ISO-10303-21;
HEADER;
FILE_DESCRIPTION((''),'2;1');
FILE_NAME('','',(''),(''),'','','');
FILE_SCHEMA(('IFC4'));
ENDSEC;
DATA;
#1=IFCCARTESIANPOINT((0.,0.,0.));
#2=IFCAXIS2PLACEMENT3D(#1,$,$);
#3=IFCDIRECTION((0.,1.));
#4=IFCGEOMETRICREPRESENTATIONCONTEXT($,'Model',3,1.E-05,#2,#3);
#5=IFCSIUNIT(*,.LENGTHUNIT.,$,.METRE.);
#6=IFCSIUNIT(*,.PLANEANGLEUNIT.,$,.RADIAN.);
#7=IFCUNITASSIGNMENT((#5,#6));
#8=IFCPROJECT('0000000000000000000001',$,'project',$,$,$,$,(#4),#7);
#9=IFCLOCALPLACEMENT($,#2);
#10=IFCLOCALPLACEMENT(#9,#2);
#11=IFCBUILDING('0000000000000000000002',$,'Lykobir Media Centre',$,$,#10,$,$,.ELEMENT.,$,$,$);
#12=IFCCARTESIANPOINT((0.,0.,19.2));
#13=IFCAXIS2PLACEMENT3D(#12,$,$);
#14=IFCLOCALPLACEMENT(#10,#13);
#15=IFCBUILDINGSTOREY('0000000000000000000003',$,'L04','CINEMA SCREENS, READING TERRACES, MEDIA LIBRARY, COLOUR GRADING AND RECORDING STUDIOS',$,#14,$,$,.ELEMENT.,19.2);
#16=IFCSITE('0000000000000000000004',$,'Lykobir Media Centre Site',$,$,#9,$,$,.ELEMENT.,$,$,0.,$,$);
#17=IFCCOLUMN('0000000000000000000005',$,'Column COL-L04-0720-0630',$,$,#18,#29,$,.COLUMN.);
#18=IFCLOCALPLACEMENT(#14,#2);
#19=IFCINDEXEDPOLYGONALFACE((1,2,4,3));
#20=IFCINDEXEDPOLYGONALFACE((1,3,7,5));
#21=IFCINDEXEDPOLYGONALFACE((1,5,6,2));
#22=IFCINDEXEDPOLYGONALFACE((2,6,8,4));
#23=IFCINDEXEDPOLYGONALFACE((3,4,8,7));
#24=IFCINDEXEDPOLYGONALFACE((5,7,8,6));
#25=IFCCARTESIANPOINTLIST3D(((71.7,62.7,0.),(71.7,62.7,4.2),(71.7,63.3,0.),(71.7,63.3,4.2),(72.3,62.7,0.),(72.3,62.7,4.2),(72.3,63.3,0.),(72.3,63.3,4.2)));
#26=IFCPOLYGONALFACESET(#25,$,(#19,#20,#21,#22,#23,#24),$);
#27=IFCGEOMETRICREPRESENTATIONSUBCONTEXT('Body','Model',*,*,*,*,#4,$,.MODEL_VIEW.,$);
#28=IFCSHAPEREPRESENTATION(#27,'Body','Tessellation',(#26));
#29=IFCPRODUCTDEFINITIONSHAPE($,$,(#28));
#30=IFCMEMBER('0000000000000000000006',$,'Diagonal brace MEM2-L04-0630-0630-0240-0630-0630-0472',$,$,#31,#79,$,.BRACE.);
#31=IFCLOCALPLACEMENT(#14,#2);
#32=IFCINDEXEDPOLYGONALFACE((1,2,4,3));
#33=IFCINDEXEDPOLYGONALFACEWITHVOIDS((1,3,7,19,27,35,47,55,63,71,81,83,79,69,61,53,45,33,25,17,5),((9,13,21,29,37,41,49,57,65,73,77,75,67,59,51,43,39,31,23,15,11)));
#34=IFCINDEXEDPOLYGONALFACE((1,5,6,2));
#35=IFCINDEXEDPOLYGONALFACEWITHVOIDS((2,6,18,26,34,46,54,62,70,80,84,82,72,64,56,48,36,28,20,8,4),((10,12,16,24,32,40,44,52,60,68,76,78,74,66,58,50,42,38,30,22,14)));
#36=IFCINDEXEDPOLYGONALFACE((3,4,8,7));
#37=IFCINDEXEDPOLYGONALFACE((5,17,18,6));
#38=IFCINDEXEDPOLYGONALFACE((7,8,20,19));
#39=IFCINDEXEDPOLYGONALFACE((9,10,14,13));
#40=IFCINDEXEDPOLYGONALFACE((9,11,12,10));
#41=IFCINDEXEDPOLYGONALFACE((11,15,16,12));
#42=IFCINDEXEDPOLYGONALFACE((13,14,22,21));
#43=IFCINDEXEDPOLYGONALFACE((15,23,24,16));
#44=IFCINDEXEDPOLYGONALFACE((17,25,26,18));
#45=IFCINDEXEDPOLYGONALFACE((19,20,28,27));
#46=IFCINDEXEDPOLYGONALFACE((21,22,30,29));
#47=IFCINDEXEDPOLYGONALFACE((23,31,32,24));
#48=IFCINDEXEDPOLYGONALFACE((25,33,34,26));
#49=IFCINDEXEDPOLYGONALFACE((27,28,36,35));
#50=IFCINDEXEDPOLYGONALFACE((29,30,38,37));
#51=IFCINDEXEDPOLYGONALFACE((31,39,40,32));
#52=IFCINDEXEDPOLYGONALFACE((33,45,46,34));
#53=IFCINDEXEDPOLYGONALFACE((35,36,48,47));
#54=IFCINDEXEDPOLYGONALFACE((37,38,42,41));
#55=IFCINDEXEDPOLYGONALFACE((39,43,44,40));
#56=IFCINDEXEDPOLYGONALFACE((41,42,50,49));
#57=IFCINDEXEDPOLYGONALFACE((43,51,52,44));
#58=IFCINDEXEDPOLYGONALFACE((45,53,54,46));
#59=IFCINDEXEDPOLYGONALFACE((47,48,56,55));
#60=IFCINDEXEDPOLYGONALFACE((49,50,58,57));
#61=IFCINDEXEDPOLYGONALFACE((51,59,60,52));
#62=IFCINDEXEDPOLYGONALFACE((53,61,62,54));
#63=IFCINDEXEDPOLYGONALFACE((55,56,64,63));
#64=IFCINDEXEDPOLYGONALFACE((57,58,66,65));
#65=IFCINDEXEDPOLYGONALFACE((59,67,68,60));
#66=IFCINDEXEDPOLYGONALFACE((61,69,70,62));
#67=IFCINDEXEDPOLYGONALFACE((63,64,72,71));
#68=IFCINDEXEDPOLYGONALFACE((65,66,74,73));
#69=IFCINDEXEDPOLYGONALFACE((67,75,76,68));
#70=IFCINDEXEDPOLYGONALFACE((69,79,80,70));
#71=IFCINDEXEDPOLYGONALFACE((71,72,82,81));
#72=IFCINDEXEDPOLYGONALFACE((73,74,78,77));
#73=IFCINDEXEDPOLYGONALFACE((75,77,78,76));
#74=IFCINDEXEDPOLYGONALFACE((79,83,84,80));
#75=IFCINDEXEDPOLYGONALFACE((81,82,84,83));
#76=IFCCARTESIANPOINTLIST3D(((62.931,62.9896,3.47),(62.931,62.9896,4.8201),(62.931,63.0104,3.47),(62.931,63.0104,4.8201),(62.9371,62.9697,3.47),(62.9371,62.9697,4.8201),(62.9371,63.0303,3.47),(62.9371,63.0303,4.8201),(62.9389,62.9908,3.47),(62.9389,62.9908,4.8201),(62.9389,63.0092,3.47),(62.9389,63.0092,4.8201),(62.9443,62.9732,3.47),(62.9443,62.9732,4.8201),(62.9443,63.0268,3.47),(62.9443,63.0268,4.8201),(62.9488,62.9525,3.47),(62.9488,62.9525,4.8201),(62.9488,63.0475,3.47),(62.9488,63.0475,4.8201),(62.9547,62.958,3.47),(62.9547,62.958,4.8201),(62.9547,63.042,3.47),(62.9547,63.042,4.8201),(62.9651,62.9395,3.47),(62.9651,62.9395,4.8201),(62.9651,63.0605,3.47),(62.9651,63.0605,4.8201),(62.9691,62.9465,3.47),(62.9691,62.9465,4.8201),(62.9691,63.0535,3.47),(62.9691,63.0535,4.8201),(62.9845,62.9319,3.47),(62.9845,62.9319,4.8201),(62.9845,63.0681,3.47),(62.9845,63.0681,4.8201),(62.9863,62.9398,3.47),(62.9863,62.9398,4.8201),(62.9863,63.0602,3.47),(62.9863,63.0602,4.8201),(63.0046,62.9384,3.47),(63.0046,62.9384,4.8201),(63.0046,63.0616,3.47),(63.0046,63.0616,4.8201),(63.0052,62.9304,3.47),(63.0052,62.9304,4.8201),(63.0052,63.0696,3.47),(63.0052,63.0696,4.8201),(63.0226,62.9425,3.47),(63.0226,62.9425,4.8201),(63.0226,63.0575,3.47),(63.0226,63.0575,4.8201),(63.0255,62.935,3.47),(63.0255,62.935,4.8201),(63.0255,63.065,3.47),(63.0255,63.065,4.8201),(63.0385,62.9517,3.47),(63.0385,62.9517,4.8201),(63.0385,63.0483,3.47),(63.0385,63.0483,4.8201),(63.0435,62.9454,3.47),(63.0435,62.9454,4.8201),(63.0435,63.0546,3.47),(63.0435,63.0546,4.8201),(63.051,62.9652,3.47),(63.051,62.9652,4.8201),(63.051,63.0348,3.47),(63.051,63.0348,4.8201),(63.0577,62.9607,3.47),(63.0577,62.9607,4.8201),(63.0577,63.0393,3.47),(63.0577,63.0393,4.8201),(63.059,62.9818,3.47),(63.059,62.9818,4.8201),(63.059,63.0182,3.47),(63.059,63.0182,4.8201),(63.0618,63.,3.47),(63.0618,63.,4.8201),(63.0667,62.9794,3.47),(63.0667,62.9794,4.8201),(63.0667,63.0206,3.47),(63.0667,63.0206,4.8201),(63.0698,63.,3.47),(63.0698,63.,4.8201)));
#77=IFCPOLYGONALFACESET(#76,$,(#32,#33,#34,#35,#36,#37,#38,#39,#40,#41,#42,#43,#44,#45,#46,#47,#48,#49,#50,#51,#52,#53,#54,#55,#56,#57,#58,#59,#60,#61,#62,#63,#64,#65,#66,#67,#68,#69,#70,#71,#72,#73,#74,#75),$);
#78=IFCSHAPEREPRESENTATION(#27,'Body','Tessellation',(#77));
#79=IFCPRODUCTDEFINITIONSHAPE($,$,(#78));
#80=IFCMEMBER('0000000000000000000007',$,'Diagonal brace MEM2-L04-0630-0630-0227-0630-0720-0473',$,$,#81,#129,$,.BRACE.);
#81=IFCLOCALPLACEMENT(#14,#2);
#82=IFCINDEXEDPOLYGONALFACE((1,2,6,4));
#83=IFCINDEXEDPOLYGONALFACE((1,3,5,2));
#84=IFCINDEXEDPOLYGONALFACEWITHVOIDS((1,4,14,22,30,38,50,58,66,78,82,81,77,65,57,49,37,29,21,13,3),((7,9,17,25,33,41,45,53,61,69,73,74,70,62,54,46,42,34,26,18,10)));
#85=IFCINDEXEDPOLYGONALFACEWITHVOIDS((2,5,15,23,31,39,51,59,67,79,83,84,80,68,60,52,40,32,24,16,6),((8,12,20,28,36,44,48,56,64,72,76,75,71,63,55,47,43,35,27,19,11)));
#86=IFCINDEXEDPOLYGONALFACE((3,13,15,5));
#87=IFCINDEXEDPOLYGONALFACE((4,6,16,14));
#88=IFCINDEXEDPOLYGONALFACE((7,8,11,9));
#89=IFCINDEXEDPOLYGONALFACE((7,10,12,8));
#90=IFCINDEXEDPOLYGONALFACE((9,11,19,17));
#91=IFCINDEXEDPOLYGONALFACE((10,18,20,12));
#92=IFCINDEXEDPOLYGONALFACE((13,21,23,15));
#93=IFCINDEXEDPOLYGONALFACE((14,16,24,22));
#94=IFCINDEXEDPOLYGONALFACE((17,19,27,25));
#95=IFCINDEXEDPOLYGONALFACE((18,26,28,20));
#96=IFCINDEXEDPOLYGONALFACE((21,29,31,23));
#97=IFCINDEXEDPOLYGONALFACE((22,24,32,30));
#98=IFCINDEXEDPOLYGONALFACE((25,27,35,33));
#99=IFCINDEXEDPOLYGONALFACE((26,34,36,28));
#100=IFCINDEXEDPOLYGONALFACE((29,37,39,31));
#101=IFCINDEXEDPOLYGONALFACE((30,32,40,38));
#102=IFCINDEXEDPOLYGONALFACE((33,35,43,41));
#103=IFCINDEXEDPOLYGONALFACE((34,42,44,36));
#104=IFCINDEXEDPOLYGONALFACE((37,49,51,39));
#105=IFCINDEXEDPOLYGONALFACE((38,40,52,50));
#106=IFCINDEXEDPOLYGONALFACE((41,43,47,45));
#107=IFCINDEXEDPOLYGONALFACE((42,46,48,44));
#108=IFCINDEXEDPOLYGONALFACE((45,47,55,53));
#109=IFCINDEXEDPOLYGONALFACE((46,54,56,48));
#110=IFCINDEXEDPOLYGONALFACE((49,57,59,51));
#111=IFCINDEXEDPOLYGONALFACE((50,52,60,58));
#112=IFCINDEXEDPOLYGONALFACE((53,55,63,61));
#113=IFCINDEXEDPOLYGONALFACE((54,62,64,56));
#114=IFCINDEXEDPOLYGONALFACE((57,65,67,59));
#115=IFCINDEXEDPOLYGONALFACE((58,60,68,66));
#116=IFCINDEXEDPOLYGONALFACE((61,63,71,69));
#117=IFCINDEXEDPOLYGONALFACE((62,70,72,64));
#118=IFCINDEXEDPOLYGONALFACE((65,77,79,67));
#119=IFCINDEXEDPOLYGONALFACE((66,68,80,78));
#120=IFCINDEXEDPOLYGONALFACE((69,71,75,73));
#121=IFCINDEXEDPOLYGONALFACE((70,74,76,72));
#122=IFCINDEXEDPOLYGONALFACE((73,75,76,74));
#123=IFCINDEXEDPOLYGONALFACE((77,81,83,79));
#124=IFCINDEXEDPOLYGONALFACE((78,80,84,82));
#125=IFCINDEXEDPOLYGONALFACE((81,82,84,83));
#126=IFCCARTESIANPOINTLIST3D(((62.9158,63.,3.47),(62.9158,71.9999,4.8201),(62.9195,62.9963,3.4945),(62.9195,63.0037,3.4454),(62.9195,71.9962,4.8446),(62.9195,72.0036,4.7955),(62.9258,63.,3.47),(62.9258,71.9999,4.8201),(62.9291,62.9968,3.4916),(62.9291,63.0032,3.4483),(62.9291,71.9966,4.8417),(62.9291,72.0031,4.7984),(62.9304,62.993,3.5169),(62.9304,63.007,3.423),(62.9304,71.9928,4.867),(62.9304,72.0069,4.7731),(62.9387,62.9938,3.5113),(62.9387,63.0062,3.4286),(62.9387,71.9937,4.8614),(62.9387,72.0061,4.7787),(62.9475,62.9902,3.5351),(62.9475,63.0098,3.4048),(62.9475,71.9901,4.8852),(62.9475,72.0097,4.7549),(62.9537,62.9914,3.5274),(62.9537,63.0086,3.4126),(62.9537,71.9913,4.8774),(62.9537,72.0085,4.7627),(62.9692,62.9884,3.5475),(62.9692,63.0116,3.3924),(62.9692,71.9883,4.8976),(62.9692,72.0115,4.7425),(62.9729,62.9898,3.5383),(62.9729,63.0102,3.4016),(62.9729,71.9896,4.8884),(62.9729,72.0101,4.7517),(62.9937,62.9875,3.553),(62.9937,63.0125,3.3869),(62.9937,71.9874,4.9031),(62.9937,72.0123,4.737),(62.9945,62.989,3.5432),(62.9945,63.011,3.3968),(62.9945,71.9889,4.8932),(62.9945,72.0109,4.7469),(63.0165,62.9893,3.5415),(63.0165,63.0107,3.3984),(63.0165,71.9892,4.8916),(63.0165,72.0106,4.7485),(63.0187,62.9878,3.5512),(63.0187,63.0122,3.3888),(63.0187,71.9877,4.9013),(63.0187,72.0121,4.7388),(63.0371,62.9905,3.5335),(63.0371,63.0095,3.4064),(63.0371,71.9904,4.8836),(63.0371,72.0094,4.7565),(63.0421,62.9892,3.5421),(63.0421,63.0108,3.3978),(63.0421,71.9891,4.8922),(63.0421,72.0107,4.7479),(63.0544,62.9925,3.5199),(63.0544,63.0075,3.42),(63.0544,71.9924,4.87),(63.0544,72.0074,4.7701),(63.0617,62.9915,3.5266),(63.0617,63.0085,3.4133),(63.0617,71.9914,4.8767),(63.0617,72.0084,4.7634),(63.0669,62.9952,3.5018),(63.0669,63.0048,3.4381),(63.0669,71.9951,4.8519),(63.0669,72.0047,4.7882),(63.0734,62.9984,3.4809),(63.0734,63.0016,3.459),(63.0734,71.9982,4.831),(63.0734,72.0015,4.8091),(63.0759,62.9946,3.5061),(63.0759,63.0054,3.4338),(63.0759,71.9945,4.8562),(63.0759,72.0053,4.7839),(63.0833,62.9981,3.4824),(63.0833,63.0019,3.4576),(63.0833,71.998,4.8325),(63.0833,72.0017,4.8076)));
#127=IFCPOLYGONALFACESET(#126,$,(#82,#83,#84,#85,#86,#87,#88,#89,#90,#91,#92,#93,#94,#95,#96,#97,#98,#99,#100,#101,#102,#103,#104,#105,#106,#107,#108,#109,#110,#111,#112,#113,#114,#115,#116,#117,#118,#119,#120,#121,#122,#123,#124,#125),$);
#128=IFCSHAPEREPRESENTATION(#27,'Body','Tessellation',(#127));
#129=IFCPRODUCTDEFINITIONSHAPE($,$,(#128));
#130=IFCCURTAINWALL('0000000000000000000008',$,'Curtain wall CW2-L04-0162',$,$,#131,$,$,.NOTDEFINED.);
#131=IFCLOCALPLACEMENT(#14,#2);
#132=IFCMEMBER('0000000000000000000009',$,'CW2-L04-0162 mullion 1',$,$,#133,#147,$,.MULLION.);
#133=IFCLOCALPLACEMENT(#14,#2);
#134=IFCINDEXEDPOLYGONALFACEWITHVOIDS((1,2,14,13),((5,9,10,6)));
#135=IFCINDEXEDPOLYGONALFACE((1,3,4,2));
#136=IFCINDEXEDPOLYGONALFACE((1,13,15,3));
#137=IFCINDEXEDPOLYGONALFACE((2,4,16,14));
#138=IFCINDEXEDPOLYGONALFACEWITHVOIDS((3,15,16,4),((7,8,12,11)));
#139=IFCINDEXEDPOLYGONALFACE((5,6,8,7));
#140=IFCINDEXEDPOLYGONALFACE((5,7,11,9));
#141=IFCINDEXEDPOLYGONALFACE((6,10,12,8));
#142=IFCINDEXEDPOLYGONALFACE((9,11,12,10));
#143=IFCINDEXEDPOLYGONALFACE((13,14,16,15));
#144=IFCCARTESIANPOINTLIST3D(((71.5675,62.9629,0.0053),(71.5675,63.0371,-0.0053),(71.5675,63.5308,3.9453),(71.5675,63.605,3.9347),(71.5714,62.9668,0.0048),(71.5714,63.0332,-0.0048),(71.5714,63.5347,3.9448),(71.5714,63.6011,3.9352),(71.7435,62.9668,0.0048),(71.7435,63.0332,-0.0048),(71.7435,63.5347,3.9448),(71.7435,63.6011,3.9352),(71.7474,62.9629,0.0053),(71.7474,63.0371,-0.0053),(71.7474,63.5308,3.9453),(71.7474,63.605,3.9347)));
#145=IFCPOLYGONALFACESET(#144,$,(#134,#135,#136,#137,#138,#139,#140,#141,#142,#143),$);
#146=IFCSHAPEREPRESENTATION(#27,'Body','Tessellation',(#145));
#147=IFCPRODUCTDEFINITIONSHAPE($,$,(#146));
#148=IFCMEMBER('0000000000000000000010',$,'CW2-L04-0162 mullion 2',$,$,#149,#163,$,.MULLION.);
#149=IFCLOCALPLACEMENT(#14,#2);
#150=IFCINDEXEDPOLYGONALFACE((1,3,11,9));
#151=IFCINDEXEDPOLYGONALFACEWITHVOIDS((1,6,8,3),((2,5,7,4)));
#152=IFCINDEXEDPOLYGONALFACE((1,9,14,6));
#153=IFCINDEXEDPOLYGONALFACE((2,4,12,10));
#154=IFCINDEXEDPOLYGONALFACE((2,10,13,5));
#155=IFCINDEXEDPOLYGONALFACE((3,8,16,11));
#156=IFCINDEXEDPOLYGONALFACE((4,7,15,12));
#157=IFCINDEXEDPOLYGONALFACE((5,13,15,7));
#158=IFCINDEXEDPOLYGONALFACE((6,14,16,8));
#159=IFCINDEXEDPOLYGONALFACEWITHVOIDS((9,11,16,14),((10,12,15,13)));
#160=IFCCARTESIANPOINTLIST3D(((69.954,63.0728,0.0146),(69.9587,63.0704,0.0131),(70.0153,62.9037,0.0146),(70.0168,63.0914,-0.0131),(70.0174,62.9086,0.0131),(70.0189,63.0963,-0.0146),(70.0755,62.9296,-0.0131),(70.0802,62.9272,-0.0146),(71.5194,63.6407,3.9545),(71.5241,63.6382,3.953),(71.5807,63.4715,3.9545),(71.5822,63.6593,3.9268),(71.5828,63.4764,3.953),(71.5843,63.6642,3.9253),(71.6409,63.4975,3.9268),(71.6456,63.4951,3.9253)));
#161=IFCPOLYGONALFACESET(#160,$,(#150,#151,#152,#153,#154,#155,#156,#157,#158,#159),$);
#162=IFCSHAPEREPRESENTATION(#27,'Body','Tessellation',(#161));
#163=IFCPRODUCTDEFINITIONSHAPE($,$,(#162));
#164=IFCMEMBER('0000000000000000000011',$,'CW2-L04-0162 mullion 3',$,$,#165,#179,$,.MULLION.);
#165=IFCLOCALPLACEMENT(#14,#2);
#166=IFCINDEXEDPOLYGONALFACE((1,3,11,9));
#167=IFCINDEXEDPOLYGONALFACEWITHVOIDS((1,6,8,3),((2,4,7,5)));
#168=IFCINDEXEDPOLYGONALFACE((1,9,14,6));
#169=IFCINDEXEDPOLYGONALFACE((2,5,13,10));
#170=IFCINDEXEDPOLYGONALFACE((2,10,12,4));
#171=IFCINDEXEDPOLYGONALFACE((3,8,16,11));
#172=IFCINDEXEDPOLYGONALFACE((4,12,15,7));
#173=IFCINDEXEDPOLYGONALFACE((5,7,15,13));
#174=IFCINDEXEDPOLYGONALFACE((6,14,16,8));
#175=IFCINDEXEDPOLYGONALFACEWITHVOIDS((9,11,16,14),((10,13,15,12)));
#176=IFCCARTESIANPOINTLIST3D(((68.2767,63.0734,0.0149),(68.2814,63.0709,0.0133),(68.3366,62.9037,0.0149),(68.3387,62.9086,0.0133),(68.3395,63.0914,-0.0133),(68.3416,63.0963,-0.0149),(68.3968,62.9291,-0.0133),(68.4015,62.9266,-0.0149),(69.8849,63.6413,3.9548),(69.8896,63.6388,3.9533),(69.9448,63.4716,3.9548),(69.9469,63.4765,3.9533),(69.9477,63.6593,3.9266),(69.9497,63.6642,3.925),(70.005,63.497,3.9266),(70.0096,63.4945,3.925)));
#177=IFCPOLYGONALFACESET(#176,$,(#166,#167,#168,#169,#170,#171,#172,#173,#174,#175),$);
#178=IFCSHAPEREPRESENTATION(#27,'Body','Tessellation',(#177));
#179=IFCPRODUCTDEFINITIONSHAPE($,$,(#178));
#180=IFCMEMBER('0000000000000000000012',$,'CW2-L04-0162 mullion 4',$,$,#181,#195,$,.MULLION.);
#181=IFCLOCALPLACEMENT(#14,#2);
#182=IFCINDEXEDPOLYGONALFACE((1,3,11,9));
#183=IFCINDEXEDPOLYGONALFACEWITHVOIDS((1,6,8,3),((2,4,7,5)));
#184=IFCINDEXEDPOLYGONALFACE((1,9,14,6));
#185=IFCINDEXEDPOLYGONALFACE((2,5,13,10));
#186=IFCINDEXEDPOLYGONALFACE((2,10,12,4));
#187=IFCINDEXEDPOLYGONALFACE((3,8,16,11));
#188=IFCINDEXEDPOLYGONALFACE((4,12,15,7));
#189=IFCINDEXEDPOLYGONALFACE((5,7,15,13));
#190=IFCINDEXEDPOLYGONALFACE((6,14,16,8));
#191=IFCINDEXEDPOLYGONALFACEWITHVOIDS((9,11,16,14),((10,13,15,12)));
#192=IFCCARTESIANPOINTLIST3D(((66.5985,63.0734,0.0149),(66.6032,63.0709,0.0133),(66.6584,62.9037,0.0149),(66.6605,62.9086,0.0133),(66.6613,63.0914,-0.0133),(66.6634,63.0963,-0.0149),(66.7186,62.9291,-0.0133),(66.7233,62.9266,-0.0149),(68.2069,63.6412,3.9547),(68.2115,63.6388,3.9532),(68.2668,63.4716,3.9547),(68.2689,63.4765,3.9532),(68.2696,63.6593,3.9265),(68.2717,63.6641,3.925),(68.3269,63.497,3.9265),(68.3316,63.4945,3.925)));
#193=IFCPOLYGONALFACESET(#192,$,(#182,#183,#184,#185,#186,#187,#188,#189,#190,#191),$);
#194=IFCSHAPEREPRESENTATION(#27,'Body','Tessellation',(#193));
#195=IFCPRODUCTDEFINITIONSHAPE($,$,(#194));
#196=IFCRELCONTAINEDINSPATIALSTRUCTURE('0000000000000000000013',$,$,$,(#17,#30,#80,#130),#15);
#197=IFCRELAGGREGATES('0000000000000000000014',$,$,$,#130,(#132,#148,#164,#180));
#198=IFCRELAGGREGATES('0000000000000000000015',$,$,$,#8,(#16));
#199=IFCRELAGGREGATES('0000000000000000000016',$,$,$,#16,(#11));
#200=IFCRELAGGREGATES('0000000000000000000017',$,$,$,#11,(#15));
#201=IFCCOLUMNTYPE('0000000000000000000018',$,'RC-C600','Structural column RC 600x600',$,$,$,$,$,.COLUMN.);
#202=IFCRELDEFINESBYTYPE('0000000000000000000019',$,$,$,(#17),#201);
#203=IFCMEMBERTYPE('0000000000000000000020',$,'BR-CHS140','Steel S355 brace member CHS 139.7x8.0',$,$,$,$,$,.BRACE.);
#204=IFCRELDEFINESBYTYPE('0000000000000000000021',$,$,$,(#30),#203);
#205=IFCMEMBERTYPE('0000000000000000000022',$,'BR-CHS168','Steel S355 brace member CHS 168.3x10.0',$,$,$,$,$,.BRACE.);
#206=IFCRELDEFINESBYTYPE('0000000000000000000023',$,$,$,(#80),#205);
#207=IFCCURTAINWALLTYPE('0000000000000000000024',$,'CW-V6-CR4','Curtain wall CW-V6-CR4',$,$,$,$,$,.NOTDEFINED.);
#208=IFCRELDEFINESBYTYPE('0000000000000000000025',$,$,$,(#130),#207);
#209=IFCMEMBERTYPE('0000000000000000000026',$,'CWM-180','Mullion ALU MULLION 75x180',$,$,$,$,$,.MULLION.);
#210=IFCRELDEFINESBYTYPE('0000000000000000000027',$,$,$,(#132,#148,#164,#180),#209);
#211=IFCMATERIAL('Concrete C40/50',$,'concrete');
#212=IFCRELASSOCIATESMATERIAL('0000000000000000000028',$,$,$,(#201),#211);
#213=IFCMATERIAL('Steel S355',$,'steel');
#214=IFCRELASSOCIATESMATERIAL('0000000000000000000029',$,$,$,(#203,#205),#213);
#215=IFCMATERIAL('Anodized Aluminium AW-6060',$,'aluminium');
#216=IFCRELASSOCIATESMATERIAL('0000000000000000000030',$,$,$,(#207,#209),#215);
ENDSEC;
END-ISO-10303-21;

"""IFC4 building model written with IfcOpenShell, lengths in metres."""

from ifc_helpers import new_model, si_unit, direction, frame, origin, origin_2d, place, context, subcontext, project, spatial, rectangle, hollow_rectangle, hollow_circle, extrude, material, material_profile, profile_set, type_object, element, aggregate, save


model = new_model("IFC4")

# Units and contexts
model_context = context("Model", 3, precision=1e-05, world=origin(), true_north=direction((0.0, 1.0)))
body_context = subcontext(model_context, "Body", "Model", "MODEL_VIEW")
ifc_project = project(units=[si_unit("LENGTHUNIT", "METRE"), si_unit("PLANEANGLEUNIT", "RADIAN")], contexts=[model_context])

# Site, building, storey
site_placement = place(None, origin())
site = spatial("IfcSite", under=ifc_project, at=site_placement, Name="Lykobir Media Centre Site", CompositionType="ELEMENT", RefElevation=0.0)
building_placement = place(site_placement, origin())
building = spatial("IfcBuilding", under=site, at=building_placement, Name="Lykobir Media Centre", CompositionType="ELEMENT")
storey_placement = place(building_placement, frame((0.0, 0.0, 19.2)))
storey = spatial("IfcBuildingStorey", under=building, at=storey_placement, Name="L04", Description="CINEMA SCREENS, READING TERRACES, MEDIA LIBRARY, COLOUR GRADING AND RECORDING STUDIOS", CompositionType="ELEMENT", Elevation=19.2)

# Column
ifc_material_1 = material(Name="Concrete C40/50", Category="concrete")
ifc_material_profile_1 = material_profile(ifc_material_1, rectangle(XDim=0.6001, YDim=0.6001, at=origin_2d()), Name="RC 600x600")
ifc_profile_set_1 = profile_set([ifc_material_profile_1], Name="Concrete C40/50")
column_type = type_object("IfcColumnType", Name="RC-C600", Description="Structural column RC 600x600", PredefinedType="COLUMN", material=ifc_profile_set_1)
column_placement = place(storey_placement, frame((72.0, 63.0, 0.0), z_axis=(0.0, 0.0, 1.0), x_axis=(1.0, 0.0, 0.0)))
element("IfcColumn", 1, at=column_placement, inside=storey, type_object=column_type, Name="Column COL-L04-0720-0630", PredefinedType="COLUMN", context=body_context, shape_type="SweptSolid", body=[
    extrude(rectangle(XDim=0.6001, YDim=0.6001, at=origin_2d()), origin(), (0.0, 0.0, 1.0), 4.2),
])

# Members
ifc_material_2 = material(Name="Steel S355", Category="steel")
ifc_material_profile_2 = material_profile(ifc_material_2, hollow_circle(Radius=0.0698, WallThickness=0.0081, at=origin_2d()), Name="CHS 139.7x8.0")
ifc_profile_set_2 = profile_set([ifc_material_profile_2], Name="Steel S355")
member_type_1 = type_object("IfcMemberType", Name="BR-CHS140", Description="Steel S355 brace member CHS 139.7x8.0", PredefinedType="BRACE", material=ifc_profile_set_2)
member_1_placement = place(storey_placement, frame((63.0, 63.0, 4.8201), z_axis=(0.0, 0.0, -1.0), x_axis=(1.0, 0.0, 0.0)))
element("IfcMember", 2, at=member_1_placement, inside=storey, type_object=member_type_1, Name="Diagonal brace MEM2-L04-0630-0630-0240-0630-0630-0472", PredefinedType="BRACE", context=body_context, shape_type="SweptSolid", body=[
    extrude(hollow_circle(Radius=0.0698, WallThickness=0.0081, at=origin_2d()), origin(), (0.0, 0.0, 1.0), 1.3501),
])
ifc_material_profile_3 = material_profile(ifc_material_2, hollow_circle(Radius=0.0842, WallThickness=0.01, at=origin_2d()), Name="CHS 168.3x10.0")
ifc_profile_set_3 = profile_set([ifc_material_profile_3], Name="Steel S355")
member_type_2 = type_object("IfcMemberType", Name="BR-CHS168", Description="Steel S355 brace member CHS 168.3x10.0", PredefinedType="BRACE", material=ifc_profile_set_3)
member_2_placement = place(storey_placement, frame((63.0, 63.0, 3.47), z_axis=(0.0, 0.988935, 0.148351), x_axis=(-1.0, 0.0, 0.0)))
element("IfcMember", 3, at=member_2_placement, inside=storey, type_object=member_type_2, Name="Diagonal brace MEM2-L04-0630-0630-0227-0630-0720-0473", PredefinedType="BRACE", context=body_context, shape_type="SweptSolid", body=[
    extrude(hollow_circle(Radius=0.0842, WallThickness=0.01, at=origin_2d()), origin(), (0.0, 0.0, 1.0), 9.1006),
])

# Curtain wall, members
ifc_material_3 = material(Name="Anodized Aluminium AW-6060", Category="aluminium")
curtain_wall_type_1 = type_object("IfcCurtainWallType", Name="CW-V6-CR4", Description="Curtain wall CW-V6-CR4", PredefinedType="NOTDEFINED", material=ifc_material_3)
curtain_wall_1_placement = place(storey_placement, origin())
curtain_wall_1 = element("IfcCurtainWall", 4, at=curtain_wall_1_placement, inside=storey, type_object=curtain_wall_type_1, Name="Curtain wall CW2-L04-0162", PredefinedType="NOTDEFINED")
ifc_material_profile_4 = material_profile(ifc_material_3, hollow_rectangle(XDim=0.075, YDim=0.1799, WallThickness=0.0039, at=origin_2d()), Name="ALU MULLION 75x180")
ifc_profile_set_4 = profile_set([ifc_material_profile_4], Name="Anodized Aluminium AW-6060")
member_type_3 = type_object("IfcMemberType", Name="CWM-180", Description="Mullion ALU MULLION 75x180", PredefinedType="MULLION", material=ifc_profile_set_4)
member_3_placement = place(storey_placement, frame((71.6575, 63.0, 0.0), z_axis=(0.0, 0.142658, 0.989772), x_axis=(0.0, 0.989772, -0.142658)))
member_3 = element("IfcMember", 5, at=member_3_placement, type_object=member_type_3, Name="CW2-L04-0162 mullion 1", PredefinedType="MULLION", context=body_context, shape_type="SweptSolid", body=[
    extrude(hollow_rectangle(XDim=0.075, YDim=0.1799, WallThickness=0.0039, at=origin_2d()), origin(), (0.0, 0.0, 1.0), 3.9807),
])
member_4_placement = place(storey_placement, frame((70.0171, 63.0, 0.0), z_axis=(0.365977, 0.132761, 0.921106), x_axis=(0.865893, 0.314109, -0.389313)))
member_4 = element("IfcMember", 6, at=member_4_placement, type_object=member_type_3, Name="CW2-L04-0162 mullion 2", PredefinedType="MULLION", context=body_context, shape_type="SweptSolid", body=[
    extrude(hollow_rectangle(XDim=0.075, YDim=0.1799, WallThickness=0.0039, at=origin_2d()), origin(), (0.0, 0.0, 1.0), 4.2773),
])
member_5_placement = place(storey_placement, frame((68.3391, 63.0, 0.0), z_axis=(0.37458, 0.132271, 0.917711), x_axis=(0.865345, 0.30557, -0.397248)))
member_5 = element("IfcMember", 7, at=member_5_placement, type_object=member_type_3, Name="CW2-L04-0162 mullion 3", PredefinedType="MULLION", context=body_context, shape_type="SweptSolid", body=[
    extrude(hollow_rectangle(XDim=0.075, YDim=0.1799, WallThickness=0.0039, at=origin_2d()), origin(), (0.0, 0.0, 1.0), 4.2932),
])
member_6_placement = place(storey_placement, frame((66.6609, 63.0, 0.0), z_axis=(0.374628, 0.132269, 0.917692), x_axis=(0.865341, 0.305523, -0.397293)))
member_6 = element("IfcMember", 8, at=member_6_placement, type_object=member_type_3, Name="CW2-L04-0162 mullion 4", PredefinedType="MULLION", context=body_context, shape_type="SweptSolid", body=[
    extrude(hollow_rectangle(XDim=0.075, YDim=0.1799, WallThickness=0.0039, at=origin_2d()), origin(), (0.0, 0.0, 1.0), 4.2932),
])

aggregate(curtain_wall_1, [member_3, member_4, member_5, member_6])

save(model, "model.ifc")
